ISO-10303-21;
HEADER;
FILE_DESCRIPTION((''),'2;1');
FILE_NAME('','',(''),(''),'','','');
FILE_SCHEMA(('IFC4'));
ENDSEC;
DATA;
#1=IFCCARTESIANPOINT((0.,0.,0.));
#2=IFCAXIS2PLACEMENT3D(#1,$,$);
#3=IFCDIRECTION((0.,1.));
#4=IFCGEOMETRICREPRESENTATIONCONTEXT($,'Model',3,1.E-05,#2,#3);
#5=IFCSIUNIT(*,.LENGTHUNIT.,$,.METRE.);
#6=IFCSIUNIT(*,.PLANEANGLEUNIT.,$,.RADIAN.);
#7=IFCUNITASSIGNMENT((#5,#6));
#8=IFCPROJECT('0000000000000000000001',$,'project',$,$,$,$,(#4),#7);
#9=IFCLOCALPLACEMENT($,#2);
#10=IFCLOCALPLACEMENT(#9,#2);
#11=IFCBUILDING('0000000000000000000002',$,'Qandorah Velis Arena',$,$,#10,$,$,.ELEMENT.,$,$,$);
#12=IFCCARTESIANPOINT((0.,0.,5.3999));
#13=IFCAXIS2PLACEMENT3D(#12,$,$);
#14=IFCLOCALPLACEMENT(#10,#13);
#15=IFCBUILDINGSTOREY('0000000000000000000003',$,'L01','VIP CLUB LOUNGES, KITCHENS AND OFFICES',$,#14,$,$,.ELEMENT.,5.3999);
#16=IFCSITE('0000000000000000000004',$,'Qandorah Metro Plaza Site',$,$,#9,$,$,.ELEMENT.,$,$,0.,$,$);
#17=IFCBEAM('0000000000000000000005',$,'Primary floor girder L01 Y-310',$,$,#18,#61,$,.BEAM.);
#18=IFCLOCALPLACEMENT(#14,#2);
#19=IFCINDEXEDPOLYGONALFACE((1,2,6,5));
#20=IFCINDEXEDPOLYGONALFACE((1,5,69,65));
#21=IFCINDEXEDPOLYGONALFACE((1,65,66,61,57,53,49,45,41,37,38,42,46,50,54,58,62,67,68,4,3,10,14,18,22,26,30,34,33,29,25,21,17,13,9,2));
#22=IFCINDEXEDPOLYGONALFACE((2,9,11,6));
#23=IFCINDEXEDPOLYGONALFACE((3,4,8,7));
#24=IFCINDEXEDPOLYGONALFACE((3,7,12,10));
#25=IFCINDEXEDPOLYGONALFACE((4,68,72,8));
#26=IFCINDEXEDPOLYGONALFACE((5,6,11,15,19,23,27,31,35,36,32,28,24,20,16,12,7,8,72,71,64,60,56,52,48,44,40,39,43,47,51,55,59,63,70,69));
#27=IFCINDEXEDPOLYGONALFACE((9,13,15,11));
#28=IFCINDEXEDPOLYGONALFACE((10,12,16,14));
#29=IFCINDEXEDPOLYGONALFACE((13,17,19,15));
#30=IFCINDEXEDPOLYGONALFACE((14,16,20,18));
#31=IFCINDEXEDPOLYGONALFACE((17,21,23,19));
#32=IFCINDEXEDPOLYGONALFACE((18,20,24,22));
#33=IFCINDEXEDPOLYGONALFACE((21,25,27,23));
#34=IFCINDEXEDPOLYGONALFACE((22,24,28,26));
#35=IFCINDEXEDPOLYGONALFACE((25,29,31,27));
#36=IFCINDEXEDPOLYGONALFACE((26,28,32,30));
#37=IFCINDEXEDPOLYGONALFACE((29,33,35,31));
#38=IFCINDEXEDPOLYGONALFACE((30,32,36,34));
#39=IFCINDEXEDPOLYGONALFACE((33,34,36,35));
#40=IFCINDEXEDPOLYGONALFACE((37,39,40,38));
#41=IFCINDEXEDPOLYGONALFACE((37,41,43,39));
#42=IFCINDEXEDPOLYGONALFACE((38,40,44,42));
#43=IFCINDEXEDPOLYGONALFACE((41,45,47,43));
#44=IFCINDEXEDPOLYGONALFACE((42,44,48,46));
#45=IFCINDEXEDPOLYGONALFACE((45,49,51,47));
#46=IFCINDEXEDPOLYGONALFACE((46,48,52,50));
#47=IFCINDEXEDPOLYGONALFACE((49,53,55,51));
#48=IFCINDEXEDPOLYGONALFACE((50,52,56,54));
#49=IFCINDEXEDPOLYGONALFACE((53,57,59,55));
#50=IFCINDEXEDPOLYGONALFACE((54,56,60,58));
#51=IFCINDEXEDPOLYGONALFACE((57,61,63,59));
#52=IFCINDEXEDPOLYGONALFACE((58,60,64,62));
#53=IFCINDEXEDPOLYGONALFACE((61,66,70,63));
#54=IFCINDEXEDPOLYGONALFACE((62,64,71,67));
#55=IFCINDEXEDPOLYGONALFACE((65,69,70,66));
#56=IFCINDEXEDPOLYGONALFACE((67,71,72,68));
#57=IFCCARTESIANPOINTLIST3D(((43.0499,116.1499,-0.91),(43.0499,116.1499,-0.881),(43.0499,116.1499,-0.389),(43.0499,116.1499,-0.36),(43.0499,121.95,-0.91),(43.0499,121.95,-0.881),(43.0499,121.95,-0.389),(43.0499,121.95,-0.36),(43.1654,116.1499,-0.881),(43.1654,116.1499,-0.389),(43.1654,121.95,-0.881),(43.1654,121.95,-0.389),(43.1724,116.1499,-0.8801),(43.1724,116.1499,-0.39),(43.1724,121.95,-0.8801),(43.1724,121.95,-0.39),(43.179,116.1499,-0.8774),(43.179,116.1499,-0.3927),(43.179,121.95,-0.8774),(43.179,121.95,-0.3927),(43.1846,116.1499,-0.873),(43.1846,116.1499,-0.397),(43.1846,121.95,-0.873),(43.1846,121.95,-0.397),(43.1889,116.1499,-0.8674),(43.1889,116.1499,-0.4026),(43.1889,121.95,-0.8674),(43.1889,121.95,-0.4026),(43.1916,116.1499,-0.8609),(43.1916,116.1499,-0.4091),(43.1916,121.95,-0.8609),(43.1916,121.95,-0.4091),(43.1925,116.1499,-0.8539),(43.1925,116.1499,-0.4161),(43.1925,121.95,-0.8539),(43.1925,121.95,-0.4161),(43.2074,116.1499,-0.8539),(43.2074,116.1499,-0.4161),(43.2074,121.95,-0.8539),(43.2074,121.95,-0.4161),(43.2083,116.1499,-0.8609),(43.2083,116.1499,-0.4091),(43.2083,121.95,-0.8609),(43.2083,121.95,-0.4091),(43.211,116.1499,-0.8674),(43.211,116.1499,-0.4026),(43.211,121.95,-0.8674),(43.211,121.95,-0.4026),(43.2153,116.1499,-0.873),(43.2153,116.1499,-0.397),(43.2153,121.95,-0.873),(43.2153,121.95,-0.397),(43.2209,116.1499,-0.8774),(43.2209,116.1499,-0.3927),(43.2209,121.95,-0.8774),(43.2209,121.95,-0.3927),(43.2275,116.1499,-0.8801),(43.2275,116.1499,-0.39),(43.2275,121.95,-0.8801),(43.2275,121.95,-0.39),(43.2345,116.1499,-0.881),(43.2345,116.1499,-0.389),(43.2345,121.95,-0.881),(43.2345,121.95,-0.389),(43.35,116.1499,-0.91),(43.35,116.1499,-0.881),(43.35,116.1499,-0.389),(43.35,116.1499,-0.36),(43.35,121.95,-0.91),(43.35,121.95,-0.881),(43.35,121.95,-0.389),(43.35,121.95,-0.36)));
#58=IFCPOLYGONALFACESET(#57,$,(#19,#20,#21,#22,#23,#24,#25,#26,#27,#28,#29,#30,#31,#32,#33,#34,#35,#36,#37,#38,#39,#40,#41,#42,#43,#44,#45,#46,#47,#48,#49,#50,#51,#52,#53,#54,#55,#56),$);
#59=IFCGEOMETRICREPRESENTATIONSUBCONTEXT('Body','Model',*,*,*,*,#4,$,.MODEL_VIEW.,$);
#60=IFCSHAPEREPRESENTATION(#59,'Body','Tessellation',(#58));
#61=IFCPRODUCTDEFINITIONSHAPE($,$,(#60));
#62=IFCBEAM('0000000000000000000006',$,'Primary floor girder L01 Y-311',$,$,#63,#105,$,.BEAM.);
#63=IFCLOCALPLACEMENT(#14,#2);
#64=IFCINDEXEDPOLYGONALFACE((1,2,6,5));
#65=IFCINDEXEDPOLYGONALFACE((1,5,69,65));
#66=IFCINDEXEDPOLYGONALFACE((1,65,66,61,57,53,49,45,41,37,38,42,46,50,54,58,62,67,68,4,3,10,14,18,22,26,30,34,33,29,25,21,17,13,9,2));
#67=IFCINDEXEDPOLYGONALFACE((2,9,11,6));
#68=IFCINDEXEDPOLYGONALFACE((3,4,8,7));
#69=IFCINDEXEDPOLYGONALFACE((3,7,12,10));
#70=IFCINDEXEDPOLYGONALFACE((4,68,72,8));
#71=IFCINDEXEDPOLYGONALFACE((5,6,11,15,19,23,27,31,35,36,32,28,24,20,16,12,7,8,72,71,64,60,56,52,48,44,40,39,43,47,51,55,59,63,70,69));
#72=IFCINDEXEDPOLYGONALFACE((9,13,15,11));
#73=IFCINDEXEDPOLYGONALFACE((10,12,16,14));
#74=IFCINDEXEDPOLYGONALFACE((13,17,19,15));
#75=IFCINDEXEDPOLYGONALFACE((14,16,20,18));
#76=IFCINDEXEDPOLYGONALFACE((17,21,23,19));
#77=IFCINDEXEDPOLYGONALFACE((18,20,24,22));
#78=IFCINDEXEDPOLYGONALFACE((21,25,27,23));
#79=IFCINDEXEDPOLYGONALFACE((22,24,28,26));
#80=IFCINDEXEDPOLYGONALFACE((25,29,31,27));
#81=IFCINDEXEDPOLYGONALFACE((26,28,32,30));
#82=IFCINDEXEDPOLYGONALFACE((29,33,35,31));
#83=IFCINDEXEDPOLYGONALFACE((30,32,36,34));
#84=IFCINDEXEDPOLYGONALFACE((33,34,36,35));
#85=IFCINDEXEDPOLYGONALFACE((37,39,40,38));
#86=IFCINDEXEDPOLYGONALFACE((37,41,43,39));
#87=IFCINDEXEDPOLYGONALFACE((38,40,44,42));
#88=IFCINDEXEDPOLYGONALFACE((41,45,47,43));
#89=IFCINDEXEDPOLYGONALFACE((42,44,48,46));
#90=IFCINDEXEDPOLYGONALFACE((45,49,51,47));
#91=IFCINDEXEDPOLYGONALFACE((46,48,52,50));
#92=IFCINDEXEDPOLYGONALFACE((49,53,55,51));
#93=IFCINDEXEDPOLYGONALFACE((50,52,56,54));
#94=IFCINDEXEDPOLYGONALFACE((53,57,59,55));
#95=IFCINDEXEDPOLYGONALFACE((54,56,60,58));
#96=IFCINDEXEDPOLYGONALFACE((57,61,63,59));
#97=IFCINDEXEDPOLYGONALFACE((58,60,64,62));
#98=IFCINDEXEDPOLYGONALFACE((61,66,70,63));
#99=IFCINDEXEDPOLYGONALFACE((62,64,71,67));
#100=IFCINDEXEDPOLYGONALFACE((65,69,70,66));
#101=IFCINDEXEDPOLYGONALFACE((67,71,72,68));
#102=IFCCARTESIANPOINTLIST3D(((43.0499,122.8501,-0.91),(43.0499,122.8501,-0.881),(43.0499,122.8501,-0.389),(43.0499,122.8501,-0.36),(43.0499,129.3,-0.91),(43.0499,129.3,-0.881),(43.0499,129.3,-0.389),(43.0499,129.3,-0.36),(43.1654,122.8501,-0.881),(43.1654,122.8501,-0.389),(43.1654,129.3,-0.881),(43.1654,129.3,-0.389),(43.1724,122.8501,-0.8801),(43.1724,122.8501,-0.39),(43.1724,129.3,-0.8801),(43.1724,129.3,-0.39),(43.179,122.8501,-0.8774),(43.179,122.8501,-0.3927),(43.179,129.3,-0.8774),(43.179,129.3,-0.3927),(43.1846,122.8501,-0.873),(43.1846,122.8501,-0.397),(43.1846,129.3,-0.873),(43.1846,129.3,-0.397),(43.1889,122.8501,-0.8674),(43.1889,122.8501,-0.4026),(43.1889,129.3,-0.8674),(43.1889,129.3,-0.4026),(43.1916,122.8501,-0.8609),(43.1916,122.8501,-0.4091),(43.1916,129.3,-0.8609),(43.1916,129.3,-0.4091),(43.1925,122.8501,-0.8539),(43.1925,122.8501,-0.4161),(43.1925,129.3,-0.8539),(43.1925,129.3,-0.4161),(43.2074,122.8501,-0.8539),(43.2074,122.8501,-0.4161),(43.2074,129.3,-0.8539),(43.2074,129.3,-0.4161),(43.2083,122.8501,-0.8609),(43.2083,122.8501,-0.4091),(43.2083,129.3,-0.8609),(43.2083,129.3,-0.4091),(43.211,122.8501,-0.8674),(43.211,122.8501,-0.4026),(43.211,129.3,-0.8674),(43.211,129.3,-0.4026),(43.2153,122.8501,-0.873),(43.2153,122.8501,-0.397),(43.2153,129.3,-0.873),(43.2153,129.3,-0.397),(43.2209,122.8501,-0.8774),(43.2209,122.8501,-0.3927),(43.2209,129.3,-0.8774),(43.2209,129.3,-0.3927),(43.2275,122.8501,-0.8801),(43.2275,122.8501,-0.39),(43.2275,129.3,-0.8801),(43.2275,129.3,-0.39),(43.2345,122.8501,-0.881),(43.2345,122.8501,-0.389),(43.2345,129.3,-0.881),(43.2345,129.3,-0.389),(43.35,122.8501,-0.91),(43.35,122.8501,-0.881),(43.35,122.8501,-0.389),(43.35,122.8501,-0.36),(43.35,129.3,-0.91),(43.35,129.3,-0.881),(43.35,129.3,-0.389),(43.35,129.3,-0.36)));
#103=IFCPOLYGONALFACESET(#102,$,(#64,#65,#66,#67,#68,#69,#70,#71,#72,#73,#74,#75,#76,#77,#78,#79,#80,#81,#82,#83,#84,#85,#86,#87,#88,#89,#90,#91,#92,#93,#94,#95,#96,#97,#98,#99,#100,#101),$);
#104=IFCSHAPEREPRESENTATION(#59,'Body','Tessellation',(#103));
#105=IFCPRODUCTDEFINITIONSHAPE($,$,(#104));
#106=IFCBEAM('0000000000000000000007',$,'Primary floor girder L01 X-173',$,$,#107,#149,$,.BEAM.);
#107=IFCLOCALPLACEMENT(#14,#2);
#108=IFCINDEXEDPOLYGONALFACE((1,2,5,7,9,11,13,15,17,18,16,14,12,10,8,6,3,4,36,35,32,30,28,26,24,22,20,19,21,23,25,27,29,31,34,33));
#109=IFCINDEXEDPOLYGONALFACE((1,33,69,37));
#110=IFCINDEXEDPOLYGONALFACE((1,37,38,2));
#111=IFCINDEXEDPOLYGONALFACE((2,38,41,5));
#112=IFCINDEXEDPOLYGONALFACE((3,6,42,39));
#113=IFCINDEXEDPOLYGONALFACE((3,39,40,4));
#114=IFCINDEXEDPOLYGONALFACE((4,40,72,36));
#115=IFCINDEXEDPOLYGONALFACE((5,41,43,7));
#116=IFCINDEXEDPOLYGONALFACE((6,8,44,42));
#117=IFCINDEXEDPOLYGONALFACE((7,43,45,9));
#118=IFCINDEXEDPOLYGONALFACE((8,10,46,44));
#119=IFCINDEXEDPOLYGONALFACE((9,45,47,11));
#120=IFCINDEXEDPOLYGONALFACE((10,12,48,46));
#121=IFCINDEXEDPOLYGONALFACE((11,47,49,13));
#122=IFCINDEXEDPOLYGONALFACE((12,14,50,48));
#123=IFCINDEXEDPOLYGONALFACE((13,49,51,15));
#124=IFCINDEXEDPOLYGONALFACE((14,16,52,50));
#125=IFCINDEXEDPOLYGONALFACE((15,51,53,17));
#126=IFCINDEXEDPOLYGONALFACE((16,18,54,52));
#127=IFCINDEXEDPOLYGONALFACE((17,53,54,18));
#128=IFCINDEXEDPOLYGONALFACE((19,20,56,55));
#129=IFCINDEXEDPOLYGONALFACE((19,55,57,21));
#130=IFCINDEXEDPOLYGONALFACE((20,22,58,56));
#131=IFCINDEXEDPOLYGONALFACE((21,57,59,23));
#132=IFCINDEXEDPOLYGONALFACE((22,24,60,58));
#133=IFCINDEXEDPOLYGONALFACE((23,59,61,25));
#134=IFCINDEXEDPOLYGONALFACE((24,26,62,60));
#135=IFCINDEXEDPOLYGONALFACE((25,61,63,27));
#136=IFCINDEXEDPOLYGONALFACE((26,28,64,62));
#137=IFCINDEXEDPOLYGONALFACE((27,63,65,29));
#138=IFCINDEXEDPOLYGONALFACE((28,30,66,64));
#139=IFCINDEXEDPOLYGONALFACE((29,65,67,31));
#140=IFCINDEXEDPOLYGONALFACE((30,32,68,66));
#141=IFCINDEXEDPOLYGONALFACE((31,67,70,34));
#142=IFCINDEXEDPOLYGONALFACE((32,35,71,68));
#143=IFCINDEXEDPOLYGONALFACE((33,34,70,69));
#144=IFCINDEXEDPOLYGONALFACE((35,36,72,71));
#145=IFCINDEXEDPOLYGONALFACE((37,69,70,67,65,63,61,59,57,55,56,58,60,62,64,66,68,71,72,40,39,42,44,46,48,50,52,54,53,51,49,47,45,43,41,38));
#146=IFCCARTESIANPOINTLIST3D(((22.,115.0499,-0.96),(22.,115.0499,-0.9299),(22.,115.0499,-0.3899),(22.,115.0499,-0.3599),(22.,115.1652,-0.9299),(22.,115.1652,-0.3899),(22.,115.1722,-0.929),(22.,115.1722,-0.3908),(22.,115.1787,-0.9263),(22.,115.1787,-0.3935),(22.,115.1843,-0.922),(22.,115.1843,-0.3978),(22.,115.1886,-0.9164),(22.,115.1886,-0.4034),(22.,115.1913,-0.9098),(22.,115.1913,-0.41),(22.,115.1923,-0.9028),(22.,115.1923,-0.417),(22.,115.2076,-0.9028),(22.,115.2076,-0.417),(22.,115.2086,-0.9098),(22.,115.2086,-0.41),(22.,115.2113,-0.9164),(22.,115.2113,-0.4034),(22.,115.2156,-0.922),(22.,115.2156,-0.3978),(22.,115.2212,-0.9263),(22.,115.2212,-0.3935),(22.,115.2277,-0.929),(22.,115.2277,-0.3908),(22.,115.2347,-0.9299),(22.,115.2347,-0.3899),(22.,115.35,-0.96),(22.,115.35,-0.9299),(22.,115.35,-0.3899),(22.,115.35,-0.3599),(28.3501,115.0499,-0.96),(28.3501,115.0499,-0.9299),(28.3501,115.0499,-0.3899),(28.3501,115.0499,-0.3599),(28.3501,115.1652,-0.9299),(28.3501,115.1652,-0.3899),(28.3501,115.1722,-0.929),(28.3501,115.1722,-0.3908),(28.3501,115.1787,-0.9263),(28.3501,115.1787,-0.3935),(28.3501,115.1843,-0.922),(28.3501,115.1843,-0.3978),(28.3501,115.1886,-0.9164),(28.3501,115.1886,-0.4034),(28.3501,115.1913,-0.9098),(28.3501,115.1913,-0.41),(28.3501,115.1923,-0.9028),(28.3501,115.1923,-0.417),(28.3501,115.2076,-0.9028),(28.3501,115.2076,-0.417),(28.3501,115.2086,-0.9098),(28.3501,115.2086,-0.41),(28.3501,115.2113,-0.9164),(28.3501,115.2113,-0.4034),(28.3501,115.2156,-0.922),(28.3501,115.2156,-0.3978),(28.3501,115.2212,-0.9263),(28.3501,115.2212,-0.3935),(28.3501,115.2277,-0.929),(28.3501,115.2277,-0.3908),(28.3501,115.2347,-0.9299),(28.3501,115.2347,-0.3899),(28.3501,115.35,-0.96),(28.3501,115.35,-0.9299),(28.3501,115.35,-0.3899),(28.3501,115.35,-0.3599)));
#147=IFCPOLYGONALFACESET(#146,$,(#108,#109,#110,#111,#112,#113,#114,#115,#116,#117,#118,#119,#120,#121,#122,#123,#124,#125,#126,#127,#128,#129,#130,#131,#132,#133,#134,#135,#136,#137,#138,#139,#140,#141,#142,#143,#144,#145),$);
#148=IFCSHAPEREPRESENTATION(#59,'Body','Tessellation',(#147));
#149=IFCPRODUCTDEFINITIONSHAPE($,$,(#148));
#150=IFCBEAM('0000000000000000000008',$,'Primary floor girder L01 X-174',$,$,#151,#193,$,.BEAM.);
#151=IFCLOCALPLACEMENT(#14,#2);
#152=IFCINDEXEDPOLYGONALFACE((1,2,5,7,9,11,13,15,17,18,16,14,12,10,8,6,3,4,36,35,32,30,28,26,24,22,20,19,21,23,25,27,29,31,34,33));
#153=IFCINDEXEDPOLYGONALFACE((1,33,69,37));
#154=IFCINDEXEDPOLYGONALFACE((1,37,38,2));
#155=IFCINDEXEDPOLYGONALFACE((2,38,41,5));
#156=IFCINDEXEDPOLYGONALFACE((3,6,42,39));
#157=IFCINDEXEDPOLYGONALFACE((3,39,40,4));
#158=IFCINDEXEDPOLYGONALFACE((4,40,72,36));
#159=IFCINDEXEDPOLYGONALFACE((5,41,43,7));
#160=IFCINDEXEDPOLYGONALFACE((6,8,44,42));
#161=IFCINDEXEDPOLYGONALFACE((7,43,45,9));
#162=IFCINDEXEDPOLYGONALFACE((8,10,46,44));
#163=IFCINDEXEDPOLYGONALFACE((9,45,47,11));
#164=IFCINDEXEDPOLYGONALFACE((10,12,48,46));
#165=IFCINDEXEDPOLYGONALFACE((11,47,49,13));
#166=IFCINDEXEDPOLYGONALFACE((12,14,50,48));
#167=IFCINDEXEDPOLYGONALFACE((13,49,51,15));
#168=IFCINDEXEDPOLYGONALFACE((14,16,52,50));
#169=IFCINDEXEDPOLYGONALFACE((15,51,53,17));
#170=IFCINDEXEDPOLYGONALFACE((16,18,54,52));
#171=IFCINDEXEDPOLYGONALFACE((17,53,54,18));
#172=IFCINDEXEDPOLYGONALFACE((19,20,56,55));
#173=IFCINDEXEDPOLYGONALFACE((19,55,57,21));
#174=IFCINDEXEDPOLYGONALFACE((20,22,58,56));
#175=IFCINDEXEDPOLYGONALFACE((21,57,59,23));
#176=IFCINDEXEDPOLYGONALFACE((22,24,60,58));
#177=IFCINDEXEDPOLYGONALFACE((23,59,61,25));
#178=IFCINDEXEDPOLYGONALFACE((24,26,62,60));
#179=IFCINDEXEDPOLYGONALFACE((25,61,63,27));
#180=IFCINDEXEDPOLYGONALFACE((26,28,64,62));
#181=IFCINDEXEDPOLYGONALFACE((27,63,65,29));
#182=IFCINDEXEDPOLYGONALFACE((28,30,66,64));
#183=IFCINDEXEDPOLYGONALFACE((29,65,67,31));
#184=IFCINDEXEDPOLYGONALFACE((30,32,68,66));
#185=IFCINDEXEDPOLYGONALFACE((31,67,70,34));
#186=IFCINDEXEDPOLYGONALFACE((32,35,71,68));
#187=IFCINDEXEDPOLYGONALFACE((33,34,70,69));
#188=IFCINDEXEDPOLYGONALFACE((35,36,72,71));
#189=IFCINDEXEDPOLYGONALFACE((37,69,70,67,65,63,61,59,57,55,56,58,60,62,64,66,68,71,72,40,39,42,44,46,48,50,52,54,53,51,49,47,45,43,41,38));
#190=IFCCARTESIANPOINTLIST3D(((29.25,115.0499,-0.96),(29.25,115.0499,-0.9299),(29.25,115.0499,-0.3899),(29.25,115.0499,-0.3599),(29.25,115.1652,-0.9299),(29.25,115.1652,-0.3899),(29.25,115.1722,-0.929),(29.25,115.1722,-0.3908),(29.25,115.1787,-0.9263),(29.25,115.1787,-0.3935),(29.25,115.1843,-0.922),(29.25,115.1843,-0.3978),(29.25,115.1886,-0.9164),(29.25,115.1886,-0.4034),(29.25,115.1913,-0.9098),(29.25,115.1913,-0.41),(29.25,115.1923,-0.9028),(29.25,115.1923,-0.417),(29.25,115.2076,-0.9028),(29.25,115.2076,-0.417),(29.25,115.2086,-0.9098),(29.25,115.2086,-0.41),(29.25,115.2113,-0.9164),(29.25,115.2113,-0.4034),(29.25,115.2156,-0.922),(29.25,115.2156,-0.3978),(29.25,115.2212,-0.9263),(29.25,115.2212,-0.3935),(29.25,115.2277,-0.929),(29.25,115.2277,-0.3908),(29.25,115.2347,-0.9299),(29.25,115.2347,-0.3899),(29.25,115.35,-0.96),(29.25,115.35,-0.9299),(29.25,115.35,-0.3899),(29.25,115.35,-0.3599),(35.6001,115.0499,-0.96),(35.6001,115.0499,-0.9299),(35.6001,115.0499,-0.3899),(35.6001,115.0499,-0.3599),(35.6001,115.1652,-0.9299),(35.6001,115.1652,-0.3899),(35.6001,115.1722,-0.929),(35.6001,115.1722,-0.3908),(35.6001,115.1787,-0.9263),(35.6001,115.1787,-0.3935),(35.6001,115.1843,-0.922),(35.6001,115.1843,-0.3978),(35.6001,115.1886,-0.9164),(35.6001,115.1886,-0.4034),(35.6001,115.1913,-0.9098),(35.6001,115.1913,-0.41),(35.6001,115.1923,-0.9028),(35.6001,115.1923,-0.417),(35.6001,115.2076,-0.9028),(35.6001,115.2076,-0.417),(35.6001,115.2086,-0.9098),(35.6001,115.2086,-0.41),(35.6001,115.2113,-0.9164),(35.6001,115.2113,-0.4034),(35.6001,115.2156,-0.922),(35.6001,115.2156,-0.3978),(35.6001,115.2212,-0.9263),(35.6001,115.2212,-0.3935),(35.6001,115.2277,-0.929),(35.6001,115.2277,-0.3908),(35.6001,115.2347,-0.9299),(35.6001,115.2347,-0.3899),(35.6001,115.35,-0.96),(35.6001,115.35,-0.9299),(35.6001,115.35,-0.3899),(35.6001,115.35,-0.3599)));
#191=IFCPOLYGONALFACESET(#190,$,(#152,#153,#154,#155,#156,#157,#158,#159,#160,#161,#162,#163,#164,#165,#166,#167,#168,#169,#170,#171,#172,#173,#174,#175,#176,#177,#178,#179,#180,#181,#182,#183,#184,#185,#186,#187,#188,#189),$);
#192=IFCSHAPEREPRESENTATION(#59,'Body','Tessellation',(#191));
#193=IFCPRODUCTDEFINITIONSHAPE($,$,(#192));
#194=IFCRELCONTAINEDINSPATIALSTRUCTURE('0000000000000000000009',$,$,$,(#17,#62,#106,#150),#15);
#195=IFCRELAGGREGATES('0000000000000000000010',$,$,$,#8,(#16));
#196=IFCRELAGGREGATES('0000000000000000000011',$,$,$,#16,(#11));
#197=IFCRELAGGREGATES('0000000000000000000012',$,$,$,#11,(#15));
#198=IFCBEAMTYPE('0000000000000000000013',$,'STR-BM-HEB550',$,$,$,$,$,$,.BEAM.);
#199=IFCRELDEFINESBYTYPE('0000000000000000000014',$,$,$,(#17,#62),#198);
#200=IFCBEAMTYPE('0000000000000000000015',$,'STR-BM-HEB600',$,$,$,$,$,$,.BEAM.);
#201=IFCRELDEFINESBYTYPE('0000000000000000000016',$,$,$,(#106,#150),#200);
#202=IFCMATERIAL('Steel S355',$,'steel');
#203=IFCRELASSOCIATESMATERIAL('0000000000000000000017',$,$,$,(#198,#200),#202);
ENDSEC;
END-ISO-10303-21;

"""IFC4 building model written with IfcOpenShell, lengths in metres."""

from ifc_helpers import new_model, si_unit, direction, frame, origin, origin_2d, place, context, subcontext, project, spatial, i_section, extrude, material, material_profile, profile_set, type_object, element, save


model = new_model("IFC4")

# Units and contexts
model_context = context("Model", 3, precision=1e-05, world=origin(), true_north=direction((0.0, 1.0)))
body_context = subcontext(model_context, "Body", "Model", "MODEL_VIEW")
ifc_project = project(units=[si_unit("LENGTHUNIT", "METRE"), si_unit("PLANEANGLEUNIT", "RADIAN")], contexts=[model_context])

# Site, building, storey
site_placement = place(None, origin())
site = spatial("IfcSite", under=ifc_project, at=site_placement, Name="Qandorah Metro Plaza Site", CompositionType="ELEMENT", RefElevation=0.0)
building_placement = place(site_placement, origin())
building = spatial("IfcBuilding", under=site, at=building_placement, Name="Qandorah Velis Arena", CompositionType="ELEMENT")
storey_placement = place(building_placement, frame((0.0, 0.0, 5.3999)))
storey = spatial("IfcBuildingStorey", under=building, at=storey_placement, Name="L01", Description="VIP CLUB LOUNGES, KITCHENS AND OFFICES", CompositionType="ELEMENT", Elevation=5.3999)

# Beams
ifc_material_1 = material(Name="Steel S355", Category="steel")
ifc_material_profile_1 = material_profile(ifc_material_1, i_section(OverallWidth=0.3, OverallDepth=0.55, WebThickness=0.0149, FlangeThickness=0.0291, FilletRadius=0.0271, at=origin_2d()), Name="HEB 550")
ifc_profile_set_1 = profile_set([ifc_material_profile_1], Name="Steel S355")
beam_type_1 = type_object("IfcBeamType", Name="STR-BM-HEB550", PredefinedType="BEAM", material=ifc_profile_set_1)
beam_1_placement = place(storey_placement, frame((43.2, 116.1499, -0.635), z_axis=(0.0, 1.0, 0.0), x_axis=(-1.0, 0.0, 0.0)))
element("IfcBeam", 1, at=beam_1_placement, inside=storey, type_object=beam_type_1, Name="Primary floor girder L01 Y-310", PredefinedType="BEAM", context=body_context, shape_type="SweptSolid", body=[
    extrude(i_section(OverallWidth=0.3, OverallDepth=0.55, WebThickness=0.0149, FlangeThickness=0.0291, FilletRadius=0.0271, at=origin_2d()), origin(), (0.0, 0.0, 1.0), 5.8),
])
beam_2_placement = place(storey_placement, frame((43.2, 122.8501, -0.635), z_axis=(0.0, 1.0, 0.0), x_axis=(-1.0, 0.0, 0.0)))
element("IfcBeam", 2, at=beam_2_placement, inside=storey, type_object=beam_type_1, Name="Primary floor girder L01 Y-311", PredefinedType="BEAM", context=body_context, shape_type="SweptSolid", body=[
    extrude(i_section(OverallWidth=0.3, OverallDepth=0.55, WebThickness=0.0149, FlangeThickness=0.0291, FilletRadius=0.0271, at=origin_2d()), origin(), (0.0, 0.0, 1.0), 6.45),
])
ifc_material_profile_2 = material_profile(ifc_material_1, i_section(OverallWidth=0.3, OverallDepth=0.6001, WebThickness=0.0154, FlangeThickness=0.03, FilletRadius=0.0271, at=origin_2d()), Name="HEB 600")
ifc_profile_set_2 = profile_set([ifc_material_profile_2], Name="Steel S355")
beam_type_2 = type_object("IfcBeamType", Name="STR-BM-HEB600", PredefinedType="BEAM", material=ifc_profile_set_2)
for number, where, z_axis, x_axis, name in (
    (3, (22.0, 115.2, -0.6599), (1.0, 0.0, 0.0), (0.0, 1.0, 0.0), "Primary floor girder L01 X-173"),
    (4, (29.25, 115.2, -0.6599), (1.0, 0.0, 0.0), (0.0, 1.0, 0.0), "Primary floor girder L01 X-174"),
):
    element("IfcBeam", number, at=place(storey_placement, frame(where, z_axis=z_axis, x_axis=x_axis)), inside=storey, type_object=beam_type_2, Name=name, PredefinedType="BEAM", context=body_context, shape_type="SweptSolid", body=[
        extrude(i_section(OverallWidth=0.3, OverallDepth=0.6001, WebThickness=0.0154, FlangeThickness=0.03, FilletRadius=0.0271, at=origin_2d()), origin(), (0.0, 0.0, 1.0), 6.3501),
    ])

save(model, "model.ifc")
